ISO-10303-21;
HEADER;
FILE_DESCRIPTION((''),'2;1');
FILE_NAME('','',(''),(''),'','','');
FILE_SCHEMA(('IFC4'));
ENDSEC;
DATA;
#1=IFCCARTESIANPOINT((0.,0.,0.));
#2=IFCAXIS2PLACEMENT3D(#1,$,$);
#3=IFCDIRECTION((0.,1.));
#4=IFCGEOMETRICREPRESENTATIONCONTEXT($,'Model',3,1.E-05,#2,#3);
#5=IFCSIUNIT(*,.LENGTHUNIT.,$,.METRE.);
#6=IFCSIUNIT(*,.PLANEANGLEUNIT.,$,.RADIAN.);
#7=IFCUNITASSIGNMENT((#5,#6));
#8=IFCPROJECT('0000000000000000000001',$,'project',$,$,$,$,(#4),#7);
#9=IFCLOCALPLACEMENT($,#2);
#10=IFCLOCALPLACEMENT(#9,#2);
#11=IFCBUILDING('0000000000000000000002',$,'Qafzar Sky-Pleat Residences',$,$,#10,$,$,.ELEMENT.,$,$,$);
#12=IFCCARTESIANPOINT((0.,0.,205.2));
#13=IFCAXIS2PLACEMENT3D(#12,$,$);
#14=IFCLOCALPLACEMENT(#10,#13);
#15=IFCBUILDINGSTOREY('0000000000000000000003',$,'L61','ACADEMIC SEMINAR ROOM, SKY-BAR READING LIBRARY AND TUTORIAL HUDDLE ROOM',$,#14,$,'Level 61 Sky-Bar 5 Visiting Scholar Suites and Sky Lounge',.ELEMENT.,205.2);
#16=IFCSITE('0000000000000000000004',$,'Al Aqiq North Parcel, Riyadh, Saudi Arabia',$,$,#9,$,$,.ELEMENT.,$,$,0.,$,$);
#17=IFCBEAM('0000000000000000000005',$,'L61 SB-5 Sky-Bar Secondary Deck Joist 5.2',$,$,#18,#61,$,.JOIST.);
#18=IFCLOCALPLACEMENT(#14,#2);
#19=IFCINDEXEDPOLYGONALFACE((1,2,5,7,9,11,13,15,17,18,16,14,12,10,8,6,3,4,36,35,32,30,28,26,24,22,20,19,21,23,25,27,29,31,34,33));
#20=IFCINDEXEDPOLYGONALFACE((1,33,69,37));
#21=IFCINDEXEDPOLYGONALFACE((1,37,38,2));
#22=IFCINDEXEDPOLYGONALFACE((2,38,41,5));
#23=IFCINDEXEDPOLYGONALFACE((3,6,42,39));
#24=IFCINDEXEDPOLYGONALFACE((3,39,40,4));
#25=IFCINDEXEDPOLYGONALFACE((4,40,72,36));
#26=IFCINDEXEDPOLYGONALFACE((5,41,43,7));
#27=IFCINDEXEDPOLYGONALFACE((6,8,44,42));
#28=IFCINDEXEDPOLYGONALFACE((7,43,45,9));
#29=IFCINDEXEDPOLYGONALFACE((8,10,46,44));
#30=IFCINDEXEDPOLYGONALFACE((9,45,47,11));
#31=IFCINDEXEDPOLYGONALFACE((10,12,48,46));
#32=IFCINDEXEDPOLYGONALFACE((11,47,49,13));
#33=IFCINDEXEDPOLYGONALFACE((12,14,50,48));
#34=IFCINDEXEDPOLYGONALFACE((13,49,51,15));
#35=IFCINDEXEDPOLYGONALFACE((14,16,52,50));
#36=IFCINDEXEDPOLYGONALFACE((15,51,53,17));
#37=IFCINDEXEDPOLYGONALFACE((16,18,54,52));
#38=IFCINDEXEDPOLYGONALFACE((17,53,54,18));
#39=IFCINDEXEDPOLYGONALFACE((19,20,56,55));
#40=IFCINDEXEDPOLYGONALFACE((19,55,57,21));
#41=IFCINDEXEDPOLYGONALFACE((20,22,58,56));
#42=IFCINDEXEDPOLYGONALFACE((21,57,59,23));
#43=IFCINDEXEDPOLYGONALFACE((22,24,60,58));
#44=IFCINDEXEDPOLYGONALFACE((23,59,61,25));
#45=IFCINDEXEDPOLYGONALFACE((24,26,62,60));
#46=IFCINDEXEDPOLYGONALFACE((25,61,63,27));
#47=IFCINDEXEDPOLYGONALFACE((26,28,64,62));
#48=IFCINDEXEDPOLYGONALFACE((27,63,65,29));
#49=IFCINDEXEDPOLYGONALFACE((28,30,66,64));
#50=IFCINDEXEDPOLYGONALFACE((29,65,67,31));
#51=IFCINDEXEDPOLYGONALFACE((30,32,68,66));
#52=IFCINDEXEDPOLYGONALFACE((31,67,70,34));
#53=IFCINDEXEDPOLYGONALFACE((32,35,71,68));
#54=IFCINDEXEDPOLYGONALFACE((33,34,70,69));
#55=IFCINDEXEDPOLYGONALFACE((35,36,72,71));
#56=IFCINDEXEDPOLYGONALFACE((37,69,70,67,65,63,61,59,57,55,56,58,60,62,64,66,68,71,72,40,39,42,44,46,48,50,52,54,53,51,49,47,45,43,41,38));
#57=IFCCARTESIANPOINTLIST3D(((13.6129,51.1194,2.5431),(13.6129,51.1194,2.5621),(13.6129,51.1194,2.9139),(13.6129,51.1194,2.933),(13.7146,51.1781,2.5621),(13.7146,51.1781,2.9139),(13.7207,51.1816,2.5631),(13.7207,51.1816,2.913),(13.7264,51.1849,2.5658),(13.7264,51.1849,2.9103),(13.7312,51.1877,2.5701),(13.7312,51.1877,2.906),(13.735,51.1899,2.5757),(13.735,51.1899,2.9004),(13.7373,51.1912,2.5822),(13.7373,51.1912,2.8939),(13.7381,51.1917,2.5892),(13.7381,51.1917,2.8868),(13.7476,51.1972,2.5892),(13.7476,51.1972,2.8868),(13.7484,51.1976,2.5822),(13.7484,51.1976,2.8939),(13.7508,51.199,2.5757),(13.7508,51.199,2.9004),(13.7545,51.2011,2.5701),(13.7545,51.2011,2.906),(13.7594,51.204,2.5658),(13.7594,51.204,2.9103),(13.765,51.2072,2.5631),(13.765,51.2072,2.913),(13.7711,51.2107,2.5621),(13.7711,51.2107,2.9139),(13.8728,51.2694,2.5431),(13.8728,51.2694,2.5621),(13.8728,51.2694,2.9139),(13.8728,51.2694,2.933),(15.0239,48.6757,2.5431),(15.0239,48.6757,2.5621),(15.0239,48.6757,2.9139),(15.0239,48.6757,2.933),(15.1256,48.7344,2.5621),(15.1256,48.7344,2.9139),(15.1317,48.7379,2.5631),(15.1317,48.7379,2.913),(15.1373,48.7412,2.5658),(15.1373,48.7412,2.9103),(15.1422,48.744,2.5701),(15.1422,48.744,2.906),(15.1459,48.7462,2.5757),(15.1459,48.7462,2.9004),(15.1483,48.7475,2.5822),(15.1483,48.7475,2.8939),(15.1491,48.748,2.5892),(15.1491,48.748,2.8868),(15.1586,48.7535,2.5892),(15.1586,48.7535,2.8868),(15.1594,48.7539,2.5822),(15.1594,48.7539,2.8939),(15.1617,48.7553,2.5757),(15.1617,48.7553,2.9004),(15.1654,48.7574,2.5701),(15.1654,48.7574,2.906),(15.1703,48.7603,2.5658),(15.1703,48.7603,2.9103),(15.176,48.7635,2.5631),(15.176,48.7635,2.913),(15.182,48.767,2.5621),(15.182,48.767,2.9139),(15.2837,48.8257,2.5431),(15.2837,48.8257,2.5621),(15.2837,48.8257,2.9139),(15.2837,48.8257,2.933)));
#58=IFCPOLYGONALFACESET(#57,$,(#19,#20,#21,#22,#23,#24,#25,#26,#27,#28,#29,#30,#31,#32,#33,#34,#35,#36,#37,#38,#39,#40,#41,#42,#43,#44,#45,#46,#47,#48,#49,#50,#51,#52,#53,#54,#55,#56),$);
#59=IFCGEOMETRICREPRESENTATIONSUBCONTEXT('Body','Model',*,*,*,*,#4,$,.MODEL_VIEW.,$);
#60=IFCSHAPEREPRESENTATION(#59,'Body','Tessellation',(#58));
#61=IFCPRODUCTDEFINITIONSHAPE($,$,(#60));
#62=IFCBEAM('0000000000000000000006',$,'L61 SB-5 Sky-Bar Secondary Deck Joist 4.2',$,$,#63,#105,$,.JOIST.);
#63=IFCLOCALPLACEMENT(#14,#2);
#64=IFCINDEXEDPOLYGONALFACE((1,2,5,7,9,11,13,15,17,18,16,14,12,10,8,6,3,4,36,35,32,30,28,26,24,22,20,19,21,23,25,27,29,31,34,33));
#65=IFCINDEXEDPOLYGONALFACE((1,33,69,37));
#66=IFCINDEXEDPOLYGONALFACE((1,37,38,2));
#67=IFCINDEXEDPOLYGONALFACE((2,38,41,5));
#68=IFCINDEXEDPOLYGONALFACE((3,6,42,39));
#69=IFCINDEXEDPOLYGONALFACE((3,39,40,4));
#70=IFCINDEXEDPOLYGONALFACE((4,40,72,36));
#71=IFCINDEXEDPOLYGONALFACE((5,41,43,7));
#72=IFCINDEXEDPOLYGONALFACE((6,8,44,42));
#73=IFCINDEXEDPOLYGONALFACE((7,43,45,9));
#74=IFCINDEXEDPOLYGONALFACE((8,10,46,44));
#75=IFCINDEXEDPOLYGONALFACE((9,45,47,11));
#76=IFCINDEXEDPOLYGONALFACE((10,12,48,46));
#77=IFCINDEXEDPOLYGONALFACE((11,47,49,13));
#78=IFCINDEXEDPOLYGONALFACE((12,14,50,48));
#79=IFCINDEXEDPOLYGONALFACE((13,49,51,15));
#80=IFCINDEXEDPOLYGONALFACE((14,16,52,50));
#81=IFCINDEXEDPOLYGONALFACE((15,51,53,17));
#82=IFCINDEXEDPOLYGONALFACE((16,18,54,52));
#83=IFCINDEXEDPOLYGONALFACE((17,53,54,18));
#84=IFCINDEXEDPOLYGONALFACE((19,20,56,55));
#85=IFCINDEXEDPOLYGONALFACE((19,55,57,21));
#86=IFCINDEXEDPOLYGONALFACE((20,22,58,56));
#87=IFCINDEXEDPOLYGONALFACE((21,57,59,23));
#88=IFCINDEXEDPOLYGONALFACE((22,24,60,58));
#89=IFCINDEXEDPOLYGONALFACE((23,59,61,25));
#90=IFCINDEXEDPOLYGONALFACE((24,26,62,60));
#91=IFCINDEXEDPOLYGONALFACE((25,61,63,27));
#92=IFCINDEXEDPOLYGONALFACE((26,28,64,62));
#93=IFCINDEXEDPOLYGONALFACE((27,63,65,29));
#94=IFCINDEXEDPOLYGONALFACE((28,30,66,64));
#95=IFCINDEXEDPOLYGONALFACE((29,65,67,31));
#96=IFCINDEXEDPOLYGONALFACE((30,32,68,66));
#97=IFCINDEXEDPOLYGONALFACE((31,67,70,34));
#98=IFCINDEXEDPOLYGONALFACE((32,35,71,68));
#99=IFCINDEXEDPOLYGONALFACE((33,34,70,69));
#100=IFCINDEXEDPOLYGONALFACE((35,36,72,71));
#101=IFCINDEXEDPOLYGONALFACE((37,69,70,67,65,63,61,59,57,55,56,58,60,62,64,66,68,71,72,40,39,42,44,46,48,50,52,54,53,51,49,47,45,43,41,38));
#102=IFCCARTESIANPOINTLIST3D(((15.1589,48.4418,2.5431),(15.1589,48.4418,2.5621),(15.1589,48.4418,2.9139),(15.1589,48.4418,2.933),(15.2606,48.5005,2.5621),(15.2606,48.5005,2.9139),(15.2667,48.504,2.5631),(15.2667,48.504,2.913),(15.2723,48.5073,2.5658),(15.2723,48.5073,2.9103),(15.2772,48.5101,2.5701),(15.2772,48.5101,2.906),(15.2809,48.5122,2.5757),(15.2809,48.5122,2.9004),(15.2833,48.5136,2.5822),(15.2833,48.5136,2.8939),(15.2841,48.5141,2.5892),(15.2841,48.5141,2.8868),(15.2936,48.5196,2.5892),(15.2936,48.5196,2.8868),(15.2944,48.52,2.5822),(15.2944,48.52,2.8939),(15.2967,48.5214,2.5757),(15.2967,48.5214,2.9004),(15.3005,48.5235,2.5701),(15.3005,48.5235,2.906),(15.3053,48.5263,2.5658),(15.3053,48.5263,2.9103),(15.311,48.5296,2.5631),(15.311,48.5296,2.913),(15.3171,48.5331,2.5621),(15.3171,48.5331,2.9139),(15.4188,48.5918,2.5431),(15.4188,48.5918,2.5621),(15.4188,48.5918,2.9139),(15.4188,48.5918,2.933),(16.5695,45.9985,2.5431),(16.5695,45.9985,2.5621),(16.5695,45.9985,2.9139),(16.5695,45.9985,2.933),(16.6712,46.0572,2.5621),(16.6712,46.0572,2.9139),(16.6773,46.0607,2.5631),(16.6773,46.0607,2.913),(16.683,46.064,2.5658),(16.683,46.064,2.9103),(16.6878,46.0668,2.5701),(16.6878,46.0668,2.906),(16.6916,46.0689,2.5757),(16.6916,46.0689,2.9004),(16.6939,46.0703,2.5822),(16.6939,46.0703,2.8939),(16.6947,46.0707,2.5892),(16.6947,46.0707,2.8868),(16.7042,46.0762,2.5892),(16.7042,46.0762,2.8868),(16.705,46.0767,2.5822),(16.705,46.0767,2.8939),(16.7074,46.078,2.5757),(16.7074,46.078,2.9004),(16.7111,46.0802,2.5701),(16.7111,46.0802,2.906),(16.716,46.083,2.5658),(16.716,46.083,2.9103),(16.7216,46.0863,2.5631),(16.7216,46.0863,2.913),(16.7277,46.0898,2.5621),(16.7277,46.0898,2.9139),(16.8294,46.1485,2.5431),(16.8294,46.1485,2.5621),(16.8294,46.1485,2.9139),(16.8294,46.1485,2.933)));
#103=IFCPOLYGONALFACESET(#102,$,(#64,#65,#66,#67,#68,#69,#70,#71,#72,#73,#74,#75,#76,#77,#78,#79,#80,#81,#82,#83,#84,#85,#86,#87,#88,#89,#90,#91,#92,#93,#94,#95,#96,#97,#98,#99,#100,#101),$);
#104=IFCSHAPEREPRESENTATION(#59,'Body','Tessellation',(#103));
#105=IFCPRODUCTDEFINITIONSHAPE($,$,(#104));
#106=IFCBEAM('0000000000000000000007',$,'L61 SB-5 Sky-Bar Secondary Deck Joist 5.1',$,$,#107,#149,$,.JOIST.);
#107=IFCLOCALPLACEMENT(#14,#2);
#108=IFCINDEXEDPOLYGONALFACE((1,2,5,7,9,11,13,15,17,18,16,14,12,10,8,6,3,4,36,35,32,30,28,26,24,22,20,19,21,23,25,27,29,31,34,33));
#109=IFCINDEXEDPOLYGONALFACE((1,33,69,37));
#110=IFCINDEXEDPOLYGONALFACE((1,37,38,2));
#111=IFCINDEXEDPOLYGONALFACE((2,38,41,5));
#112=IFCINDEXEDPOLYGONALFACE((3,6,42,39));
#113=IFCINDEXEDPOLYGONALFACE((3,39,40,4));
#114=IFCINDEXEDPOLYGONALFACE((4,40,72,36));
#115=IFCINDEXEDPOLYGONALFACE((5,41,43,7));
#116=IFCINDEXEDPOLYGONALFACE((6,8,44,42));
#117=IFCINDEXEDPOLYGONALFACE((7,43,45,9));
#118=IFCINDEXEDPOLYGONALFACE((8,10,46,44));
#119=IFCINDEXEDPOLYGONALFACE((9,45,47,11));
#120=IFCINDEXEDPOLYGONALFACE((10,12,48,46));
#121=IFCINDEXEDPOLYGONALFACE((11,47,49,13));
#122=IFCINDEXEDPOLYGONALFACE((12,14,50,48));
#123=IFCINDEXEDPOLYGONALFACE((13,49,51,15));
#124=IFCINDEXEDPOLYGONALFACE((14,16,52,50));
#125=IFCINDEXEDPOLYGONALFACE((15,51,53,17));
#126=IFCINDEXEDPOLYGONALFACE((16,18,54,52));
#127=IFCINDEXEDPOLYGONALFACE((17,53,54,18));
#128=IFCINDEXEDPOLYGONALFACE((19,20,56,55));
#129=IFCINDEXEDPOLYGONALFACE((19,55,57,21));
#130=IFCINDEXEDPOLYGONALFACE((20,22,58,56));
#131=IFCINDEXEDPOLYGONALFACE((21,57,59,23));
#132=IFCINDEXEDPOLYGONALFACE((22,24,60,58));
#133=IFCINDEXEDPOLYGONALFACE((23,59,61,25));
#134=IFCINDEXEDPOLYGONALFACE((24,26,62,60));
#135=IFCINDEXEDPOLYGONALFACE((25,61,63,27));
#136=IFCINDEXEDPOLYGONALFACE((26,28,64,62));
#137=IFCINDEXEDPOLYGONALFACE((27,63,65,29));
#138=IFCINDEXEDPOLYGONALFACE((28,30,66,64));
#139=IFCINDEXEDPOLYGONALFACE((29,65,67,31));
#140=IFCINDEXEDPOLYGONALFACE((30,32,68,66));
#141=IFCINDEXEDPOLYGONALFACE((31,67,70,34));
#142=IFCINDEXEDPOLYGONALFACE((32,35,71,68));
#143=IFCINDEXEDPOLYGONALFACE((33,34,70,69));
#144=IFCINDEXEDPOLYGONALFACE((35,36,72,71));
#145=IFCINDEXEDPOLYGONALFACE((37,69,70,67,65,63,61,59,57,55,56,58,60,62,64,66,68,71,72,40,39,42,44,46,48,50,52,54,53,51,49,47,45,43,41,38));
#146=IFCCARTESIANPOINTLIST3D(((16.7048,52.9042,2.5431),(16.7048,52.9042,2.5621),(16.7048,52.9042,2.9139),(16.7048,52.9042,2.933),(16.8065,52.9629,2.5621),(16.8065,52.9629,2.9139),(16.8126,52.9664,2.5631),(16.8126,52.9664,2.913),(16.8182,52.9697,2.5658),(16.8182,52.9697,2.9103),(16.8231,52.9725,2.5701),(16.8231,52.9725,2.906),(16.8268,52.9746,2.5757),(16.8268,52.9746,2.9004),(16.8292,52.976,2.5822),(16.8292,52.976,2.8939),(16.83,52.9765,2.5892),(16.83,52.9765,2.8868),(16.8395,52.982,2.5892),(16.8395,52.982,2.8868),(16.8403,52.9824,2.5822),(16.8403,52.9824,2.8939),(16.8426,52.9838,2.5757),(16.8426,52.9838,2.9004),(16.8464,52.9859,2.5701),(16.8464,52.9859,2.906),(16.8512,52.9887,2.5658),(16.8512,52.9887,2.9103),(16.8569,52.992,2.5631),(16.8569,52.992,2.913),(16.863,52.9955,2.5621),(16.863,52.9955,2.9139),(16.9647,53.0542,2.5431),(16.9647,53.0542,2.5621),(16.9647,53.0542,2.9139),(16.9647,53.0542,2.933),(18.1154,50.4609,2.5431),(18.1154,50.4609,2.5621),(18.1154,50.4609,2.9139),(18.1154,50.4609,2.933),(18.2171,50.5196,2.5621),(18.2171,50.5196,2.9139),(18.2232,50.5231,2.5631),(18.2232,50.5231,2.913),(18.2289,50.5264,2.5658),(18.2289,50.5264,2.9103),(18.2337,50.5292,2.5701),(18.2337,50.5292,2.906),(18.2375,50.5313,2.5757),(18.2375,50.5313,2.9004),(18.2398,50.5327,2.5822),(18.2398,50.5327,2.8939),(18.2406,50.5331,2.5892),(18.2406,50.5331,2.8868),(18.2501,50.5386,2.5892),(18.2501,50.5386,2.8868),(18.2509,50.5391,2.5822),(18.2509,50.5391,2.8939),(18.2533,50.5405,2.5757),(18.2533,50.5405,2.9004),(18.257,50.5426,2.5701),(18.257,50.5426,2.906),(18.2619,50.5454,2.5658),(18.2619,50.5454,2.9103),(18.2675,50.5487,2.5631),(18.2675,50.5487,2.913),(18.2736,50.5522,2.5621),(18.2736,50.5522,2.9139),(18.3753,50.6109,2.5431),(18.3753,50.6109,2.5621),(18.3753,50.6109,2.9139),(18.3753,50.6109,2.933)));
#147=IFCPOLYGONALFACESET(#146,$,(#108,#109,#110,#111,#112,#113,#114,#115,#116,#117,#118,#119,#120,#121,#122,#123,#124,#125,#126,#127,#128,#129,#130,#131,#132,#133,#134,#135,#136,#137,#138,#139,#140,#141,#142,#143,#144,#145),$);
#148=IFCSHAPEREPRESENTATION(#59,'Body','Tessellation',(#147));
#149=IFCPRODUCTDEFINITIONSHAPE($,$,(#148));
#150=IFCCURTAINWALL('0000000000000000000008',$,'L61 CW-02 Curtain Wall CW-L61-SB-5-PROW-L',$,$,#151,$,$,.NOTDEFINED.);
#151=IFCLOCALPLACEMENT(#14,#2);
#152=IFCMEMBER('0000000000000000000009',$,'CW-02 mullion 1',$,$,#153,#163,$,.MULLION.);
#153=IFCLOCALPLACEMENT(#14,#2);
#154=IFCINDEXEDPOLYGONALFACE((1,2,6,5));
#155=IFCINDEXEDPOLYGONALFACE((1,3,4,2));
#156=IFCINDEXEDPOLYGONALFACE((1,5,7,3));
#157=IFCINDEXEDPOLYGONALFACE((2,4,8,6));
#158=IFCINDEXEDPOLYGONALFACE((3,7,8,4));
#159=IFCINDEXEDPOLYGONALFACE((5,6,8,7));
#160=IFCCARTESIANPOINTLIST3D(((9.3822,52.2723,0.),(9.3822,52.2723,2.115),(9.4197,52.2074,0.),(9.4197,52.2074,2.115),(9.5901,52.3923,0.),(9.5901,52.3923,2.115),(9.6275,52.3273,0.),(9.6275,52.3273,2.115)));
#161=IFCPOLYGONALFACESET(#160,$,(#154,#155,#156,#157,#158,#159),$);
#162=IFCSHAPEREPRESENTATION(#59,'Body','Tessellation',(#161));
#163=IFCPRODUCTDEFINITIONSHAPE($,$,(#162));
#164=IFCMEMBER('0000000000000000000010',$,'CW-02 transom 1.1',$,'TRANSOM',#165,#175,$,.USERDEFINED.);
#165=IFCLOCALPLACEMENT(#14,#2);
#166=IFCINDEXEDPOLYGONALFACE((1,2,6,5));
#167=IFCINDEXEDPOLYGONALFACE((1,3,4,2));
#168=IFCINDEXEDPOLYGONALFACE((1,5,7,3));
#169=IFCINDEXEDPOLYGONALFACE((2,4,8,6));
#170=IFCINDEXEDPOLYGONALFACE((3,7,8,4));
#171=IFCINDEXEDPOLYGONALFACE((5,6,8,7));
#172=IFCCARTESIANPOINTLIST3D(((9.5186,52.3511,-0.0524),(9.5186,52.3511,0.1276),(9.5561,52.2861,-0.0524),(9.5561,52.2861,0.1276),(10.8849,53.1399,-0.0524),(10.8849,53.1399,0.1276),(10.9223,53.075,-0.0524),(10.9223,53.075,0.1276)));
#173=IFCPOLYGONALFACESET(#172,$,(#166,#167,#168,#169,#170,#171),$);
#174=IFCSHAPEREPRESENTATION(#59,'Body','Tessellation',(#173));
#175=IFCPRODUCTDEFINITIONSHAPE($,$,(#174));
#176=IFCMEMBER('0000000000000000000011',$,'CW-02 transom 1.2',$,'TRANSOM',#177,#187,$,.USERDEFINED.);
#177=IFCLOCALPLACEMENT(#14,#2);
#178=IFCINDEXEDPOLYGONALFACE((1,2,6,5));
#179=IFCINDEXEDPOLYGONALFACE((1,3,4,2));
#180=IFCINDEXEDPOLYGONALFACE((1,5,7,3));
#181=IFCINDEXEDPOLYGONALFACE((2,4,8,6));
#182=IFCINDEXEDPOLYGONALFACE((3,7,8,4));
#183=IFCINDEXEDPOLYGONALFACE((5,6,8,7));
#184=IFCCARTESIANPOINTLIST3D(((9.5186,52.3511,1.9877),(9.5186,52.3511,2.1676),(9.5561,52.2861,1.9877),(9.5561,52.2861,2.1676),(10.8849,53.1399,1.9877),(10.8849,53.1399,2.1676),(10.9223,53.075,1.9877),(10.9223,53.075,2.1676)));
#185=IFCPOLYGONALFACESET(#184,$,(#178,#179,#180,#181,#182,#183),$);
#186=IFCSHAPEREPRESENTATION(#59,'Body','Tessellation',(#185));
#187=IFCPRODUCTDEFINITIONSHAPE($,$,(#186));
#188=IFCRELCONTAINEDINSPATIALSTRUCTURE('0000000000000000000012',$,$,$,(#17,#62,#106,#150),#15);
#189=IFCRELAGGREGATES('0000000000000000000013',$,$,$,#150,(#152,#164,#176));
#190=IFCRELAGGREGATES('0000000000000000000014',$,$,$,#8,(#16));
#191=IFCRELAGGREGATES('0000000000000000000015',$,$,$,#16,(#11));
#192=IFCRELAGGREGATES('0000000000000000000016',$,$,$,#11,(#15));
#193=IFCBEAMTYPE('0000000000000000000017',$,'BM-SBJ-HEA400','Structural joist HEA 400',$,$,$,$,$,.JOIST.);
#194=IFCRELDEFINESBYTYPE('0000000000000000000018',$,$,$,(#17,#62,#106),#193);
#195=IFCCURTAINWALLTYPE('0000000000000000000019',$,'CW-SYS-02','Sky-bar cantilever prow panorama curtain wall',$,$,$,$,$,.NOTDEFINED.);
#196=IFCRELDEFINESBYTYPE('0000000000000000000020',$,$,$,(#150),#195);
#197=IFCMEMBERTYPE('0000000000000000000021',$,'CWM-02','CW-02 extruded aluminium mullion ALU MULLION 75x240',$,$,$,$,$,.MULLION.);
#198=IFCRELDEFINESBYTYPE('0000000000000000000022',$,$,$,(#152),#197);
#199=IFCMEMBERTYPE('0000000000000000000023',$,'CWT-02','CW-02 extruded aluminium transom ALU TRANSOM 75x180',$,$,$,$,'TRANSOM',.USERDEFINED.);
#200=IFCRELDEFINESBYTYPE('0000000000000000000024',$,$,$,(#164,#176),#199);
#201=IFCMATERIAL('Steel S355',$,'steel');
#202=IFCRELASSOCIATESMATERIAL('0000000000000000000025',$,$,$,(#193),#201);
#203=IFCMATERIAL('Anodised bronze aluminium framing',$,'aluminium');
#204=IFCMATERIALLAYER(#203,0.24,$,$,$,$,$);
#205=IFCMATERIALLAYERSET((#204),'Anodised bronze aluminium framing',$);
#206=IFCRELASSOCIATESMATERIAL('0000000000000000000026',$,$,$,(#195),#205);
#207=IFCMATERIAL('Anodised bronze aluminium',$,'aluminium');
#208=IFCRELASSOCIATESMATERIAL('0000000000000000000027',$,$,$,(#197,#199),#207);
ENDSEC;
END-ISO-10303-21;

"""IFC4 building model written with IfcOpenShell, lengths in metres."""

from ifc_helpers import new_model, si_unit, direction, frame, origin, origin_2d, place, context, subcontext, project, spatial, rectangle, i_section, extrude, source, transform, mapped, material, layer, layer_set, material_profile, profile_set, type_object, element, aggregate, save


model = new_model("IFC4")

# Units and contexts
model_context = context("Model", 3, precision=1e-05, world=origin(), true_north=direction((0.0, 1.0)))
body_context = subcontext(model_context, "Body", "Model", "MODEL_VIEW")
ifc_project = project(units=[si_unit("LENGTHUNIT", "METRE"), si_unit("PLANEANGLEUNIT", "RADIAN")], contexts=[model_context])

# Site, building, storey
site_placement = place(None, origin())
site = spatial("IfcSite", under=ifc_project, at=site_placement, Name="Al Aqiq North Parcel, Riyadh, Saudi Arabia", CompositionType="ELEMENT", RefElevation=0.0)
building_placement = place(site_placement, origin())
building = spatial("IfcBuilding", under=site, at=building_placement, Name="Qafzar Sky-Pleat Residences", CompositionType="ELEMENT")
storey_placement = place(building_placement, frame((0.0, 0.0, 205.2)))
storey = spatial("IfcBuildingStorey", under=building, at=storey_placement, Name="L61", Description="ACADEMIC SEMINAR ROOM, SKY-BAR READING LIBRARY AND TUTORIAL HUDDLE ROOM", LongName="Level 61 Sky-Bar 5 Visiting Scholar Suites and Sky Lounge", CompositionType="ELEMENT", Elevation=205.2)

# Beams
ifc_material_1 = material(Name="Steel S355", Category="steel")
ifc_material_profile_1 = material_profile(ifc_material_1, i_section(OverallWidth=0.3, OverallDepth=0.3899, WebThickness=0.011, FlangeThickness=0.019, FilletRadius=0.0271, at=origin_2d()), Name="HEA 400")
ifc_profile_set_1 = profile_set([ifc_material_profile_1], Name="Steel S355")
beam_type_1 = type_object("IfcBeamType", Name="BM-SBJ-HEA400", Description="Structural joist HEA 400", PredefinedType="JOIST", material=ifc_profile_set_1)
shared_shape_1 = source(origin(), body_context, "Body", "SweptSolid", [
    extrude(i_section(OverallWidth=0.3, OverallDepth=0.3899, WebThickness=0.011, FlangeThickness=0.019, FilletRadius=0.0271, at=origin_2d()), origin(), (0.0, 0.0, 1.0), 2.8218),
])
beam_placement = place(storey_placement, frame((15.1538, 48.7507, 2.738), z_axis=(-0.50002, 0.866014, 0.0), x_axis=(-0.866014, -0.50002, 0.0)))
element("IfcBeam", 1, at=beam_placement, inside=storey, type_object=beam_type_1, Name="L61 SB-5 Sky-Bar Secondary Deck Joist 5.2", PredefinedType="JOIST", context=body_context, shape_type="MappedRepresentation", body=[
    mapped(shared_shape_1, transform((0.0, 0.0, 0.0), x_axis=(1.0, 0.0, 0.0), y_axis=(0.0, 1.0, 0.0), z_axis=(0.0, 0.0, 1.0), scale=1.0)),
])
shared_shape_2 = source(origin(), body_context, "Body", "SweptSolid", [
    extrude(i_section(OverallWidth=0.3, OverallDepth=0.3899, WebThickness=0.011, FlangeThickness=0.019, FilletRadius=0.0271, at=origin_2d()), origin(), (0.0, 0.0, 1.0), 2.8213),
])
for number, where, z_axis, x_axis, name in (
    (2, (16.6995, 46.0735, 2.738), (-0.499992, 0.86603, 0.0), (-0.86603, -0.499992, 0.0), "L61 SB-5 Sky-Bar Secondary Deck Joist 4.2"),
    (3, (18.2454, 50.5359, 2.738), (-0.499992, 0.86603, 0.0), (-0.86603, -0.499992, 0.0), "L61 SB-5 Sky-Bar Secondary Deck Joist 5.1"),
):
    element("IfcBeam", number, at=place(storey_placement, frame(where, z_axis=z_axis, x_axis=x_axis)), inside=storey, type_object=beam_type_1, Name=name, PredefinedType="JOIST", context=body_context, shape_type="MappedRepresentation", body=[
        mapped(shared_shape_2, transform((0.0, 0.0, 0.0), x_axis=(1.0, 0.0, 0.0), y_axis=(0.0, 1.0, 0.0), z_axis=(0.0, 0.0, 1.0), scale=1.0)),
    ])

# Curtain wall, members
ifc_material_2 = material(Name="Anodised bronze aluminium framing", Category="aluminium")
ifc_layer_1 = layer(ifc_material_2, 0.24)
ifc_layer_set_1 = layer_set([ifc_layer_1], Name="Anodised bronze aluminium framing")
curtain_wall_type = type_object("IfcCurtainWallType", Name="CW-SYS-02", Description="Sky-bar cantilever prow panorama curtain wall", PredefinedType="NOTDEFINED", material=ifc_layer_set_1)
curtain_wall_placement = place(storey_placement, origin())
curtain_wall = element("IfcCurtainWall", 4, at=curtain_wall_placement, inside=storey, type_object=curtain_wall_type, Name="L61 CW-02 Curtain Wall CW-L61-SB-5-PROW-L", PredefinedType="NOTDEFINED")
ifc_material_3 = material(Name="Anodised bronze aluminium", Category="aluminium")
ifc_material_profile_2 = material_profile(ifc_material_3, rectangle(XDim=0.075, YDim=0.24, at=origin_2d()), Name="ALU MULLION 75x240")
ifc_profile_set_2 = profile_set([ifc_material_profile_2], Name="Anodised bronze aluminium")
member_type_1 = type_object("IfcMemberType", Name="CWM-02", Description="CW-02 extruded aluminium mullion ALU MULLION 75x240", PredefinedType="MULLION", material=ifc_profile_set_2)
shared_shape_3 = source(origin(), body_context, "Body", "SweptSolid", [
    extrude(rectangle(XDim=0.075, YDim=0.24, at=origin_2d()), origin(), (0.0, 0.0, 1.0), 2.115),
])
member_1_placement = place(storey_placement, frame((9.5049, 52.2998, 0.0), z_axis=(0.0, 0.0, 1.0), x_axis=(-0.499996, 0.866028, 0.0)))
member_1 = element("IfcMember", 5, at=member_1_placement, type_object=member_type_1, Name="CW-02 mullion 1", PredefinedType="MULLION", context=body_context, shape_type="MappedRepresentation", body=[
    mapped(shared_shape_3, transform((0.0, 0.0, 0.0), x_axis=(1.0, 0.0, 0.0), y_axis=(0.0, 1.0, 0.0), z_axis=(0.0, 0.0, 1.0), scale=1.0)),
])
ifc_material_profile_3 = material_profile(ifc_material_3, rectangle(XDim=0.075, YDim=0.1799, at=origin_2d()), Name="ALU TRANSOM 75x180")
ifc_profile_set_3 = profile_set([ifc_material_profile_3], Name="Anodised bronze aluminium")
member_type_2 = type_object("IfcMemberType", Name="CWT-02", Description="CW-02 extruded aluminium transom ALU TRANSOM 75x180", ElementType="TRANSOM", PredefinedType="USERDEFINED", material=ifc_profile_set_3)
shared_shape_4 = source(origin(), body_context, "Body", "SweptSolid", [
    extrude(rectangle(XDim=0.075, YDim=0.1799, at=origin_2d()), origin(), (0.0, 0.0, 1.0), 1.5776),
])
member_2_placement = place(storey_placement, frame((9.5374, 52.3186, 0.0376), z_axis=(0.866015, 0.500017, 0.0), x_axis=(-0.500017, 0.866015, 0.0)))
member_2 = element("IfcMember", 6, at=member_2_placement, type_object=member_type_2, Name="CW-02 transom 1.1", ObjectType="TRANSOM", PredefinedType="USERDEFINED", context=body_context, shape_type="MappedRepresentation", body=[
    mapped(shared_shape_4, transform((0.0, 0.0, 0.0), x_axis=(1.0, 0.0, 0.0), y_axis=(0.0, 1.0, 0.0), z_axis=(0.0, 0.0, 1.0), scale=1.0)),
])
member_3_placement = place(storey_placement, frame((9.5374, 52.3186, 2.0776), z_axis=(0.866015, 0.500017, 0.0), x_axis=(-0.500017, 0.866015, 0.0)))
member_3 = element("IfcMember", 7, at=member_3_placement, type_object=member_type_2, Name="CW-02 transom 1.2", ObjectType="TRANSOM", PredefinedType="USERDEFINED", context=body_context, shape_type="MappedRepresentation", body=[
    mapped(shared_shape_4, transform((0.0, 0.0, 0.0), x_axis=(1.0, 0.0, 0.0), y_axis=(0.0, 1.0, 0.0), z_axis=(0.0, 0.0, 1.0), scale=1.0)),
])
aggregate(curtain_wall, [member_1, member_2, member_3])

save(model, "model.ifc")
